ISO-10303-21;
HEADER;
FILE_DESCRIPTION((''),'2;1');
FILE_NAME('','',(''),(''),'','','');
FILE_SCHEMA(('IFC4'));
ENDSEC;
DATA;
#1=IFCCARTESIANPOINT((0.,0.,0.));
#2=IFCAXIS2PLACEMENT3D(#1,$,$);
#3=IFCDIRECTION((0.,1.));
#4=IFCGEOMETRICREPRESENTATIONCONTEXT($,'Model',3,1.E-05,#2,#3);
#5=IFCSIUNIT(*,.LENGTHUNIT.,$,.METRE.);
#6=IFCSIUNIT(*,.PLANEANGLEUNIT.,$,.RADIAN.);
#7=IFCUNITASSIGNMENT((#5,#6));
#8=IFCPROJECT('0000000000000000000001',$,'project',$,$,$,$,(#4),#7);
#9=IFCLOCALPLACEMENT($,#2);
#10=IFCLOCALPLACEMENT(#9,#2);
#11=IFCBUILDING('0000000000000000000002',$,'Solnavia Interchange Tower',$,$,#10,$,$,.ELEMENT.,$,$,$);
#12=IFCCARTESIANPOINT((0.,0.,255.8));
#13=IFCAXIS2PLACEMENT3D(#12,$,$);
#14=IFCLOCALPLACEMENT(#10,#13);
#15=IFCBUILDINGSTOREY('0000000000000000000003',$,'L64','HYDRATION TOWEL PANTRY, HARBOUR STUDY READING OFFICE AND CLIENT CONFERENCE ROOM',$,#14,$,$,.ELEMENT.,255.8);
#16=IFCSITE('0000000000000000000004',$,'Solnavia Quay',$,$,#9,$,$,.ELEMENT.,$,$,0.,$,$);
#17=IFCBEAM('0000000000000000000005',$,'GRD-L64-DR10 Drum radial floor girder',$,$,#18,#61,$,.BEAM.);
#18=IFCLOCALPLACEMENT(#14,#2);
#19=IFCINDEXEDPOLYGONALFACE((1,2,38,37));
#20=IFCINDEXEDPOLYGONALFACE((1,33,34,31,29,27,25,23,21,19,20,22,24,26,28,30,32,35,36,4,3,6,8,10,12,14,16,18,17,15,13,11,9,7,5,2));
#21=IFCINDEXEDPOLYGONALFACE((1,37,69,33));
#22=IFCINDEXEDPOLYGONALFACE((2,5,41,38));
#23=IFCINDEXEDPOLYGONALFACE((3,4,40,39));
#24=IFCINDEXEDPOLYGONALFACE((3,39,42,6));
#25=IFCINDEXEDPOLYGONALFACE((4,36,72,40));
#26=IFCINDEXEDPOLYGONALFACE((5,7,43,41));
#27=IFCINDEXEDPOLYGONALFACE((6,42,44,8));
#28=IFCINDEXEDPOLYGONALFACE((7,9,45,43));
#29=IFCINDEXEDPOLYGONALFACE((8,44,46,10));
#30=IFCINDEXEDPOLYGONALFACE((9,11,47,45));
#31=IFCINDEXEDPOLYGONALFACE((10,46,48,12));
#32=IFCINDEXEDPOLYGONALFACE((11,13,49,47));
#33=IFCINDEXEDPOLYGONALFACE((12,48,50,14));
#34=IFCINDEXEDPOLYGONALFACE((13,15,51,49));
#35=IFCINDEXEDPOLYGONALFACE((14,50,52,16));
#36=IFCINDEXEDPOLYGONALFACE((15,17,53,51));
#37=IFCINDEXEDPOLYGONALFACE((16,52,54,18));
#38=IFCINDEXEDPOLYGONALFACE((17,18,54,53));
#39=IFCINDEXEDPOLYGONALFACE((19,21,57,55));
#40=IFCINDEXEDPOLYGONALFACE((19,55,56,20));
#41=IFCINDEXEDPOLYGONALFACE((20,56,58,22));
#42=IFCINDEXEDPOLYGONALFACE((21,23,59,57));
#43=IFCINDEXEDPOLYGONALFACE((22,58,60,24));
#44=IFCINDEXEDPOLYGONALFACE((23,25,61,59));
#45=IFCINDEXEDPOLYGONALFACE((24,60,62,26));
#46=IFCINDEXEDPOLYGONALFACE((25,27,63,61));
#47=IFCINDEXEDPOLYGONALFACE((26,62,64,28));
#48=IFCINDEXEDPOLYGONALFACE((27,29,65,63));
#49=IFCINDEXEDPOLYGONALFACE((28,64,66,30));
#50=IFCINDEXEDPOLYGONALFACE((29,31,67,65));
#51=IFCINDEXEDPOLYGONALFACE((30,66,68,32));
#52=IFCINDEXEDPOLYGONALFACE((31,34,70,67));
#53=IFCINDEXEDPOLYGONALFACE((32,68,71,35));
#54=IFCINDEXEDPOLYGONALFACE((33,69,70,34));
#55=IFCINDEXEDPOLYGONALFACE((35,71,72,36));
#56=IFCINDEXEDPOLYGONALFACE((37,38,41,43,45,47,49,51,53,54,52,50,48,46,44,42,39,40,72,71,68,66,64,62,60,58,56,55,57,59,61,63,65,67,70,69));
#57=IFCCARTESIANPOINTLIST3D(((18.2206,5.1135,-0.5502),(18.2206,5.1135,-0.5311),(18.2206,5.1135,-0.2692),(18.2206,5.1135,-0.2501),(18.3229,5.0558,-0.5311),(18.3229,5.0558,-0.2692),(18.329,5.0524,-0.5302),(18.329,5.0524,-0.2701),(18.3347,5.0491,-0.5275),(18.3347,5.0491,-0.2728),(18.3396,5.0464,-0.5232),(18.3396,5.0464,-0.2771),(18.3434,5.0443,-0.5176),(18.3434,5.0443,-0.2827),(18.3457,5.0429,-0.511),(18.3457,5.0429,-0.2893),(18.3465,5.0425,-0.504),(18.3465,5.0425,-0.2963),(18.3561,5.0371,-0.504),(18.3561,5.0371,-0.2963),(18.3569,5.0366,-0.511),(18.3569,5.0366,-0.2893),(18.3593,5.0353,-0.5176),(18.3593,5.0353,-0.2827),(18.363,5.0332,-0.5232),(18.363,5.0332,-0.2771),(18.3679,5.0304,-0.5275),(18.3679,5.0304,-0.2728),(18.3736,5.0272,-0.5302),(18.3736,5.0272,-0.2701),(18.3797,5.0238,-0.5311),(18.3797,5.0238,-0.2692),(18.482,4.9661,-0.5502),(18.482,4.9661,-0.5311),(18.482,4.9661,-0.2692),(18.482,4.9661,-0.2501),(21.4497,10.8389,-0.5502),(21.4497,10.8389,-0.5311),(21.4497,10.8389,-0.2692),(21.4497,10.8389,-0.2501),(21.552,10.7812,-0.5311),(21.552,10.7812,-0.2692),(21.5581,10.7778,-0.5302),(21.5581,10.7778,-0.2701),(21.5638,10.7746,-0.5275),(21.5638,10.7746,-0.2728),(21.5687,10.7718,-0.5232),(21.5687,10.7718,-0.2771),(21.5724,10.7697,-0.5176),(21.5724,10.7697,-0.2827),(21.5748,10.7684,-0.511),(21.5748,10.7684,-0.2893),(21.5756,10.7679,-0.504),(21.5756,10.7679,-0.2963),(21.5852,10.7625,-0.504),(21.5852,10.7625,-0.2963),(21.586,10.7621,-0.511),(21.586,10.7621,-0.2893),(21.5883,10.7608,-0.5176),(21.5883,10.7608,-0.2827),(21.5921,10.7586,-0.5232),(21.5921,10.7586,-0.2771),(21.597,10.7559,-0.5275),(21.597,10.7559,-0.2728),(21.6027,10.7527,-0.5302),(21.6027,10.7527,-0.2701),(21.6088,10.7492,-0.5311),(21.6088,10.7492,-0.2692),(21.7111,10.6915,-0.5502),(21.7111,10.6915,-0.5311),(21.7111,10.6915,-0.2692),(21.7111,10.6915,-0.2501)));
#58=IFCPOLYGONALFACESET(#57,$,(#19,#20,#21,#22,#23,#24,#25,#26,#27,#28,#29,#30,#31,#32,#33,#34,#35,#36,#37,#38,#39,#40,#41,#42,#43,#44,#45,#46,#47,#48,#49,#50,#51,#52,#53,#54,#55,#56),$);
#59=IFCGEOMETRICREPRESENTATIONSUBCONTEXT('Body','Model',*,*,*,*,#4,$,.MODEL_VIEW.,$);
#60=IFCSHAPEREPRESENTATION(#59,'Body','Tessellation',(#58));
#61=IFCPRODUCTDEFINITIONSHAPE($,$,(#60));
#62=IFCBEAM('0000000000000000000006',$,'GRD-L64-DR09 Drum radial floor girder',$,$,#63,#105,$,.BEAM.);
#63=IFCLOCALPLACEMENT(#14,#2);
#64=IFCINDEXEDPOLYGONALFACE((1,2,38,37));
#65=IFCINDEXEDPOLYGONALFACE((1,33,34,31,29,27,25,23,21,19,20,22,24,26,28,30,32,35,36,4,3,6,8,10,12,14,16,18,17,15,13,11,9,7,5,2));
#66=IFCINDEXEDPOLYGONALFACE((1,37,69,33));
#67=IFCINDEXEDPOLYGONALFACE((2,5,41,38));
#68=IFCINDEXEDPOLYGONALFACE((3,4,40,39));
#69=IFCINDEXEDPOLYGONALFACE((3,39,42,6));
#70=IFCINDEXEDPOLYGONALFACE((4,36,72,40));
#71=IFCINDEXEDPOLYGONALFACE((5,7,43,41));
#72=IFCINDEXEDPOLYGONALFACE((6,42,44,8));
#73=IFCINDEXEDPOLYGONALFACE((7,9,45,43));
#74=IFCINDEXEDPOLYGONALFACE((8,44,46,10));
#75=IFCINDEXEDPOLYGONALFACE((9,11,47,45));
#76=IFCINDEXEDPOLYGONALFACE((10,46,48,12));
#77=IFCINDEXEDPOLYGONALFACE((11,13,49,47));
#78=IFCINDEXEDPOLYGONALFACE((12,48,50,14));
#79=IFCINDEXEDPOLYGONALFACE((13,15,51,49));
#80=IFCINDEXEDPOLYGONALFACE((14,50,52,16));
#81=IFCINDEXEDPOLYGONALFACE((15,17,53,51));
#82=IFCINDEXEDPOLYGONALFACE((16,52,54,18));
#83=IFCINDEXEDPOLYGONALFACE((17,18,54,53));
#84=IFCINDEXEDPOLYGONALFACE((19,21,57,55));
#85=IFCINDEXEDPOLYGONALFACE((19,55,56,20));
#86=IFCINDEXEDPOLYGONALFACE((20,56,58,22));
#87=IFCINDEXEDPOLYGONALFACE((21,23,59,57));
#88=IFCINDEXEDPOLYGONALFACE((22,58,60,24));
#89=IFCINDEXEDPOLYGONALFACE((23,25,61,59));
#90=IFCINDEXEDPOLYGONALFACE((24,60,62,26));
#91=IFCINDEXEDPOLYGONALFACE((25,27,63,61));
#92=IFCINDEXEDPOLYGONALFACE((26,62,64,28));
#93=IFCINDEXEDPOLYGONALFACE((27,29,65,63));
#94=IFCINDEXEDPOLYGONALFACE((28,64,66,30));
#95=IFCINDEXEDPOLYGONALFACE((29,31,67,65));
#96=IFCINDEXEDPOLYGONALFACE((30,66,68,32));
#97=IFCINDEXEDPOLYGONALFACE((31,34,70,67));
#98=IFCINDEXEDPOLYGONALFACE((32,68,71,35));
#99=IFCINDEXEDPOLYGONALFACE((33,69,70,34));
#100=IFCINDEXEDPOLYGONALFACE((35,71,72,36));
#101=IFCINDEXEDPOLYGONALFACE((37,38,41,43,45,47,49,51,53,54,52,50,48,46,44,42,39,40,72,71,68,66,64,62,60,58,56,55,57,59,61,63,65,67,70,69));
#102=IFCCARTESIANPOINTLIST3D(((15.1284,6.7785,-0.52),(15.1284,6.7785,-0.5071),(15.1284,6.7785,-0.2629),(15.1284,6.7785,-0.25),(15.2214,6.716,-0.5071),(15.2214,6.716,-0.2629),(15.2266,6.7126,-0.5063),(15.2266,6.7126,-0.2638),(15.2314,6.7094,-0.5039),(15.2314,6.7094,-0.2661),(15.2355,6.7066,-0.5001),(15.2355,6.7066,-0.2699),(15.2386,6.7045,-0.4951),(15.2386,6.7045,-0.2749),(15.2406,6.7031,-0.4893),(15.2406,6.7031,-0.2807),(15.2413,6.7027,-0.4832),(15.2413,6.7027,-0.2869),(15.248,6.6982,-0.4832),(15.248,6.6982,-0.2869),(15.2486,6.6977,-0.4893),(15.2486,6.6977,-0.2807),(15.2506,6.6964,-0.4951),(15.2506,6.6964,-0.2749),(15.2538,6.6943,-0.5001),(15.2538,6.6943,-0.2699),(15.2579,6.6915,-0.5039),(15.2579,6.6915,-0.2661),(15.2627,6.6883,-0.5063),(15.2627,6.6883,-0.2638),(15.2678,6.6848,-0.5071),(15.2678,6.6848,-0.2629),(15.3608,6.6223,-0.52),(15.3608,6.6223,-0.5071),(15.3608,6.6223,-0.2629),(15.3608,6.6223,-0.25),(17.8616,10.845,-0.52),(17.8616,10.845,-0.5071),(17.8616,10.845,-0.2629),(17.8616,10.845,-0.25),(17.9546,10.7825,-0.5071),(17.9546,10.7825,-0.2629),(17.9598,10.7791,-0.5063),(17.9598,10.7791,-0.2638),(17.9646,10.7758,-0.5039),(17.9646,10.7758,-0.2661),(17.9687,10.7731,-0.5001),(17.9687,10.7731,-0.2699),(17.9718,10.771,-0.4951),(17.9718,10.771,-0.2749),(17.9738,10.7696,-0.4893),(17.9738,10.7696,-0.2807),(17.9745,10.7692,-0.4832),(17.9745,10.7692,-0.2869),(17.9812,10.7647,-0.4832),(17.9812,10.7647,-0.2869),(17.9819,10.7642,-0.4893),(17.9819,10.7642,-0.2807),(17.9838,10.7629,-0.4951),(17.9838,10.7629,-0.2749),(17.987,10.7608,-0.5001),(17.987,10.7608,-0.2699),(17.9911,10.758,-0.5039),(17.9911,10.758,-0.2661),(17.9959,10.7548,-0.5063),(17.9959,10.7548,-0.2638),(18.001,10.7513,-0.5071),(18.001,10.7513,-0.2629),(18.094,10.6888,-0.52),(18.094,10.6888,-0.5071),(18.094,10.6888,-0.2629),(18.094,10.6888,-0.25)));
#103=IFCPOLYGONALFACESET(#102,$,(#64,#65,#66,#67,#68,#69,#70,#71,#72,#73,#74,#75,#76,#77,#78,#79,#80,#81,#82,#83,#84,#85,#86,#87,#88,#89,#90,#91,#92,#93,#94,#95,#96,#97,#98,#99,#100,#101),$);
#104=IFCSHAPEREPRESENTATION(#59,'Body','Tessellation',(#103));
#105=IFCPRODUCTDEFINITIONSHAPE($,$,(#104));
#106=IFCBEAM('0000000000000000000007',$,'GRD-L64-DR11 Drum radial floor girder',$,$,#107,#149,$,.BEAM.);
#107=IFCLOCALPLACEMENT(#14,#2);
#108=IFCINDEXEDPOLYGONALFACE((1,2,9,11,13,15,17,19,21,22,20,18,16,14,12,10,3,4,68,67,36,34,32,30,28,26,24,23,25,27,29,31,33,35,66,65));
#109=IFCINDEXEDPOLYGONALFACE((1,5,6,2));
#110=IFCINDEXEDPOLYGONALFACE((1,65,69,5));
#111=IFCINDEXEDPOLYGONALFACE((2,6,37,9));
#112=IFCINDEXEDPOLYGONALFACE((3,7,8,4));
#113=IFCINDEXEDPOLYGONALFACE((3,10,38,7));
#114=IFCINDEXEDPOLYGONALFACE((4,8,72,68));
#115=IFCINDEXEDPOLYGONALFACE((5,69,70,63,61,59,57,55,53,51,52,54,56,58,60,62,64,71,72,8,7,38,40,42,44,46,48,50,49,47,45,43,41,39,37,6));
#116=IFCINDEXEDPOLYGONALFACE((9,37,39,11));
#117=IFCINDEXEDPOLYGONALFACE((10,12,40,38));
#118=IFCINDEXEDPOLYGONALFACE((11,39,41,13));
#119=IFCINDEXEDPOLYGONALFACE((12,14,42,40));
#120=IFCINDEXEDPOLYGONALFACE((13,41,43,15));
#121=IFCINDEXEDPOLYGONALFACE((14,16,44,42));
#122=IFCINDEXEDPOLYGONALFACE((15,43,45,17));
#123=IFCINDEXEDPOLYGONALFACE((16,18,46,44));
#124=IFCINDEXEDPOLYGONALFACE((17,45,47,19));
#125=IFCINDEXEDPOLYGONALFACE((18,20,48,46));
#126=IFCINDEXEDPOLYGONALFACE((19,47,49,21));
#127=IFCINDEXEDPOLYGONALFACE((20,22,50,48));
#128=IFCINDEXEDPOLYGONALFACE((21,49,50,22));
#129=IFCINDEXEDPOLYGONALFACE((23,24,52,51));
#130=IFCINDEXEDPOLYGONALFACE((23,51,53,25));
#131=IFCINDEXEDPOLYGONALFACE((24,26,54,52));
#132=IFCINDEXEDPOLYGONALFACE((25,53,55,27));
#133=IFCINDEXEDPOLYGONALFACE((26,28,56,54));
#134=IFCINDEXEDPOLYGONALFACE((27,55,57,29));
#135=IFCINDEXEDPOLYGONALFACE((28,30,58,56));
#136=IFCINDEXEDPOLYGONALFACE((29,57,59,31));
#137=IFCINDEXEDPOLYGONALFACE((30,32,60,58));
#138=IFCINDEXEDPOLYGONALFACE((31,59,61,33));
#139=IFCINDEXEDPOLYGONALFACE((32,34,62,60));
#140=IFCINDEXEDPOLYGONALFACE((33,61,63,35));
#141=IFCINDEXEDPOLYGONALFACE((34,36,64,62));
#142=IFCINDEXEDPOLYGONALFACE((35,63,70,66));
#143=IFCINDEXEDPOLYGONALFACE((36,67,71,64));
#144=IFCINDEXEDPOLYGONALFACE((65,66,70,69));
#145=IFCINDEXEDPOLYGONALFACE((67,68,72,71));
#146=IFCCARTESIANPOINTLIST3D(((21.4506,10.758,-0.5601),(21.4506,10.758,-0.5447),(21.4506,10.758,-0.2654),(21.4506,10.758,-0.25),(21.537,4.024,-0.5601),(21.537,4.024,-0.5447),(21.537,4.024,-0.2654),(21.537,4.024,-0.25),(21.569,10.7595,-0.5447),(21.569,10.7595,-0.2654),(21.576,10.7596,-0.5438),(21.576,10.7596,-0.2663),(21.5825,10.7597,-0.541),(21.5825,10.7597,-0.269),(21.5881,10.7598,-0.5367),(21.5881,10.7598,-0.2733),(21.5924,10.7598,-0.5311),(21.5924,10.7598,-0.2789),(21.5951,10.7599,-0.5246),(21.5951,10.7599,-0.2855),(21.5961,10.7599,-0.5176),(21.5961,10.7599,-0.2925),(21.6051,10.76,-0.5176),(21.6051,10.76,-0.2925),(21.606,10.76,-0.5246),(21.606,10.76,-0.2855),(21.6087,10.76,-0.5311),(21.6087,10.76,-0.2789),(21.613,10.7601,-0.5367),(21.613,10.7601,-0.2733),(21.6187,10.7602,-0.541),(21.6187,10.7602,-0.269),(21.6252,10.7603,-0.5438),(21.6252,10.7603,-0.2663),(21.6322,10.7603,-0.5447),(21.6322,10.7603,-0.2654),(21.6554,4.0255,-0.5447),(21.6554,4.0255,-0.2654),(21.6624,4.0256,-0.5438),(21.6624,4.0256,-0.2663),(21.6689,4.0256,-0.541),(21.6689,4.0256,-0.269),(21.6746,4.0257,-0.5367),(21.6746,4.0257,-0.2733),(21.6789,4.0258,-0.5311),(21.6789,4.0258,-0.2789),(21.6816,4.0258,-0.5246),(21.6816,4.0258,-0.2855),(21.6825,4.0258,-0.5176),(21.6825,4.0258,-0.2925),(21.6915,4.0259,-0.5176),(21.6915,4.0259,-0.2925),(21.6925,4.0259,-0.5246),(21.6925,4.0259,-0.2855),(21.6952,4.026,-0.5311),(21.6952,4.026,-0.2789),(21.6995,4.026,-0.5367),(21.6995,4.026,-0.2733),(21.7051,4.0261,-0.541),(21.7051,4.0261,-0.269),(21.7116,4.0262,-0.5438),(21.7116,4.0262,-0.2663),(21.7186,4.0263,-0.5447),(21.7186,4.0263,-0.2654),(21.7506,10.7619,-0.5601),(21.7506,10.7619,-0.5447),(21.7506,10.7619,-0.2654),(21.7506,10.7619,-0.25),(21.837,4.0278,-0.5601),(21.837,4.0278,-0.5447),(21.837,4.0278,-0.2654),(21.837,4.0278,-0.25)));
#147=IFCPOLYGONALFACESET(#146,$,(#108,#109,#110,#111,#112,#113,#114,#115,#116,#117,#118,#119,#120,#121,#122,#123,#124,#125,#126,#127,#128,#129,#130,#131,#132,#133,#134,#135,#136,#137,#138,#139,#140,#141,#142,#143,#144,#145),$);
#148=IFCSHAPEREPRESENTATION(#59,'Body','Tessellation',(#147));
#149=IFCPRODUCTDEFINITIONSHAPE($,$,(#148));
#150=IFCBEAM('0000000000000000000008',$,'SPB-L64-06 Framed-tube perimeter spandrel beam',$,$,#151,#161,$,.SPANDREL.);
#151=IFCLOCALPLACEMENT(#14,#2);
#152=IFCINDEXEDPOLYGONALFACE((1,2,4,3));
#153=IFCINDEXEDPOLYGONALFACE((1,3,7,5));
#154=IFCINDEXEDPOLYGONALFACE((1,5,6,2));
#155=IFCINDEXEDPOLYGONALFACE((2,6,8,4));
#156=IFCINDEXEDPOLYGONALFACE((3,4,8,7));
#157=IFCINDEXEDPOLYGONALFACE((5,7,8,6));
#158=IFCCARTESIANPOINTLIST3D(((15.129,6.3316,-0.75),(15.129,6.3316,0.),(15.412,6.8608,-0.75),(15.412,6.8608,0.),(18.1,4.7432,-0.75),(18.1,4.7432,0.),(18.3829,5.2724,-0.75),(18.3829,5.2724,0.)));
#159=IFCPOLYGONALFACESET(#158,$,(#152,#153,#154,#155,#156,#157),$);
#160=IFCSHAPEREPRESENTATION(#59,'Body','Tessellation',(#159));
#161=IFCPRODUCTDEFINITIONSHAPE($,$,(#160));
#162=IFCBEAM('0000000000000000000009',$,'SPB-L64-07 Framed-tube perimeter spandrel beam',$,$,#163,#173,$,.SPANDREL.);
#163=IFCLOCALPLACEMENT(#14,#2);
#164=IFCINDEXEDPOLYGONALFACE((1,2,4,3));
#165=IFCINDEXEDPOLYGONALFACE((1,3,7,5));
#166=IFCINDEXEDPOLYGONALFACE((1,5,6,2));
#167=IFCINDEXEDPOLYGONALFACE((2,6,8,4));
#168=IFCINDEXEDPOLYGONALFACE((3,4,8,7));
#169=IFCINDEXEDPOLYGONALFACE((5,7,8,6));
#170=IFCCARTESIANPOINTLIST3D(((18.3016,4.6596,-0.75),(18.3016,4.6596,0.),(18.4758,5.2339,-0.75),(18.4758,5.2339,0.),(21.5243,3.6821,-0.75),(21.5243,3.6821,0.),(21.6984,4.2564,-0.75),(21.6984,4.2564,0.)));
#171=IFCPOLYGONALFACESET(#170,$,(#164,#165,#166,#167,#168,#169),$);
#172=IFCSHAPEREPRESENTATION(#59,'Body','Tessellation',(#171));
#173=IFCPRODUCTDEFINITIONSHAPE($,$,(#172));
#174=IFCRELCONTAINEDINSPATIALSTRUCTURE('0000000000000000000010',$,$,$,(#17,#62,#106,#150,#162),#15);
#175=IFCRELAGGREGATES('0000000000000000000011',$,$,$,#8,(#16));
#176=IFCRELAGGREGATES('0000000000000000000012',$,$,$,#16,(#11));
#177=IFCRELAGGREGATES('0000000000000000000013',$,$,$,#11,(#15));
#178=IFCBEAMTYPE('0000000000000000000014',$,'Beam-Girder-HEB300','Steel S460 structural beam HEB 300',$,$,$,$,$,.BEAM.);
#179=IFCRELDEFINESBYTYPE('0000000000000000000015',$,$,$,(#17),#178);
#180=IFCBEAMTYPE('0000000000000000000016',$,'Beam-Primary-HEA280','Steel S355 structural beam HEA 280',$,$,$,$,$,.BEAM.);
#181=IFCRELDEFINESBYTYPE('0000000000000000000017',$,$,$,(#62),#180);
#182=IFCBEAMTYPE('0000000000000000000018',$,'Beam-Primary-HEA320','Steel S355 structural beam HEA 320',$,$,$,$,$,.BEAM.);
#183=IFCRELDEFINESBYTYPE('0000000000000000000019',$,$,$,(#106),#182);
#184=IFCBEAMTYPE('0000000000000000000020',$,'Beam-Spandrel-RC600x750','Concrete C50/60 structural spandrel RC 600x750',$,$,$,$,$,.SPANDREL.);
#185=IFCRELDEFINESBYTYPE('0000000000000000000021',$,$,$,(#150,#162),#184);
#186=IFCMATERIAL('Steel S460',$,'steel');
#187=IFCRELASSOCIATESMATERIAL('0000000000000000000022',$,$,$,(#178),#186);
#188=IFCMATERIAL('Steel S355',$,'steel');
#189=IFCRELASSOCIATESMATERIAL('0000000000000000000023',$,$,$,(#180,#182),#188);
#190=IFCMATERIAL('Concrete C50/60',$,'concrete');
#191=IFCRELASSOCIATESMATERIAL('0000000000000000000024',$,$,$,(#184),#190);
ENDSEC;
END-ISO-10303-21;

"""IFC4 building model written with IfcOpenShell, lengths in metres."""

from ifc_helpers import new_model, si_unit, direction, frame, origin, origin_2d, place, context, subcontext, project, spatial, rectangle, i_section, extrude, material, material_profile, profile_set, type_object, element, save


model = new_model("IFC4")

# Units and contexts
model_context = context("Model", 3, precision=1e-05, world=origin(), true_north=direction((0.0, 1.0)))
body_context = subcontext(model_context, "Body", "Model", "MODEL_VIEW")
ifc_project = project(units=[si_unit("LENGTHUNIT", "METRE"), si_unit("PLANEANGLEUNIT", "RADIAN")], contexts=[model_context])

# Site, building, storey
site_placement = place(None, origin())
site = spatial("IfcSite", under=ifc_project, at=site_placement, Name="Solnavia Quay", CompositionType="ELEMENT", RefElevation=0.0)
building_placement = place(site_placement, origin())
building = spatial("IfcBuilding", under=site, at=building_placement, Name="Solnavia Interchange Tower", CompositionType="ELEMENT")
storey_placement = place(building_placement, frame((0.0, 0.0, 255.8)))
storey = spatial("IfcBuildingStorey", under=building, at=storey_placement, Name="L64", Description="HYDRATION TOWEL PANTRY, HARBOUR STUDY READING OFFICE AND CLIENT CONFERENCE ROOM", CompositionType="ELEMENT", Elevation=255.8)

# Shared definitions
ifc_material_1 = material(Name="Concrete C50/60", Category="concrete")

# Beams
ifc_material_2 = material(Name="Steel S460", Category="steel")
ifc_material_profile_1 = material_profile(ifc_material_2, i_section(OverallWidth=0.3, OverallDepth=0.3, WebThickness=0.011, FlangeThickness=0.019, FilletRadius=0.0271, at=origin_2d()), Name="HEB 300")
ifc_profile_set_1 = profile_set([ifc_material_profile_1], Name="Steel S460")
beam_type_1 = type_object("IfcBeamType", Name="Beam-Girder-HEB300", Description="Steel S460 structural beam HEB 300", PredefinedType="BEAM", material=ifc_profile_set_1)
beam_1_placement = place(storey_placement, frame((18.3513, 5.0398, -0.4001), z_axis=(0.491243, 0.871022, 0.0), x_axis=(-0.871022, 0.491243, 0.0)))
element("IfcBeam", 1, at=beam_1_placement, inside=storey, type_object=beam_type_1, Name="GRD-L64-DR10 Drum radial floor girder", PredefinedType="BEAM", context=body_context, shape_type="SweptSolid", body=[
    extrude(i_section(OverallWidth=0.3, OverallDepth=0.3, WebThickness=0.011, FlangeThickness=0.019, FilletRadius=0.0271, at=origin_2d()), origin(), (0.0, 0.0, 1.0), 6.5732),
])
ifc_material_3 = material(Name="Steel S355", Category="steel")
ifc_material_profile_2 = material_profile(ifc_material_3, i_section(OverallWidth=0.28, OverallDepth=0.27, WebThickness=0.0081, FlangeThickness=0.0129, FilletRadius=0.0239, at=origin_2d()), Name="HEA 280")
ifc_profile_set_2 = profile_set([ifc_material_profile_2], Name="Steel S355")
beam_type_2 = type_object("IfcBeamType", Name="Beam-Primary-HEA280", Description="Steel S355 structural beam HEA 280", PredefinedType="BEAM", material=ifc_profile_set_2)
beam_2_placement = place(storey_placement, frame((15.2446, 6.7004, -0.385), z_axis=(0.557835, 0.829952, 0.0), x_axis=(-0.829952, 0.557835, 0.0)))
element("IfcBeam", 2, at=beam_2_placement, inside=storey, type_object=beam_type_2, Name="GRD-L64-DR09 Drum radial floor girder", PredefinedType="BEAM", context=body_context, shape_type="SweptSolid", body=[
    extrude(i_section(OverallWidth=0.28, OverallDepth=0.27, WebThickness=0.0081, FlangeThickness=0.0129, FilletRadius=0.0239, at=origin_2d()), origin(), (0.0, 0.0, 1.0), 4.8997),
])
ifc_material_profile_3 = material_profile(ifc_material_3, i_section(OverallWidth=0.3, OverallDepth=0.3101, WebThickness=0.009, FlangeThickness=0.0154, FilletRadius=0.0271, at=origin_2d()), Name="HEA 320")
ifc_profile_set_3 = profile_set([ifc_material_profile_3], Name="Steel S355")
beam_type_3 = type_object("IfcBeamType", Name="Beam-Primary-HEA320", Description="Steel S355 structural beam HEA 320", PredefinedType="BEAM", material=ifc_profile_set_3)
beam_3_placement = place(storey_placement, frame((21.687, 4.0259, -0.405), z_axis=(-0.012833, 0.999918, 0.0), x_axis=(-0.999918, -0.012833, 0.0)))
element("IfcBeam", 3, at=beam_3_placement, inside=storey, type_object=beam_type_3, Name="GRD-L64-DR11 Drum radial floor girder", PredefinedType="BEAM", context=body_context, shape_type="SweptSolid", body=[
    extrude(i_section(OverallWidth=0.3, OverallDepth=0.3101, WebThickness=0.009, FlangeThickness=0.0154, FilletRadius=0.0271, at=origin_2d()), origin(), (0.0, 0.0, 1.0), 6.7346),
])
ifc_material_profile_4 = material_profile(ifc_material_1, rectangle(XDim=0.6001, YDim=0.75, at=origin_2d()), Name="RC 600x750")
ifc_profile_set_4 = profile_set([ifc_material_profile_4], Name="Concrete C50/60")
beam_type_4 = type_object("IfcBeamType", Name="Beam-Spandrel-RC600x750", Description="Concrete C50/60 structural spandrel RC 600x750", PredefinedType="SPANDREL", material=ifc_profile_set_4)
beam_4_placement = place(storey_placement, frame((15.2705, 6.5962, -0.375), z_axis=(0.881875, -0.471483, 0.0), x_axis=(0.471483, 0.881875, 0.0)))
element("IfcBeam", 4, at=beam_4_placement, inside=storey, type_object=beam_type_4, Name="SPB-L64-06 Framed-tube perimeter spandrel beam", PredefinedType="SPANDREL", context=body_context, shape_type="SweptSolid", body=[
    extrude(rectangle(XDim=0.6001, YDim=0.75, at=origin_2d()), origin(), (0.0, 0.0, 1.0), 3.3689),
])
beam_5_placement = place(storey_placement, frame((18.3887, 4.9468, -0.375), z_axis=(0.956944, -0.290273, 0.0), x_axis=(0.290273, 0.956944, 0.0)))
element("IfcBeam", 5, at=beam_5_placement, inside=storey, type_object=beam_type_4, Name="SPB-L64-07 Framed-tube perimeter spandrel beam", PredefinedType="SPANDREL", context=body_context, shape_type="SweptSolid", body=[
    extrude(rectangle(XDim=0.6001, YDim=0.75, at=origin_2d()), origin(), (0.0, 0.0, 1.0), 3.3677),
])

save(model, "model.ifc")
